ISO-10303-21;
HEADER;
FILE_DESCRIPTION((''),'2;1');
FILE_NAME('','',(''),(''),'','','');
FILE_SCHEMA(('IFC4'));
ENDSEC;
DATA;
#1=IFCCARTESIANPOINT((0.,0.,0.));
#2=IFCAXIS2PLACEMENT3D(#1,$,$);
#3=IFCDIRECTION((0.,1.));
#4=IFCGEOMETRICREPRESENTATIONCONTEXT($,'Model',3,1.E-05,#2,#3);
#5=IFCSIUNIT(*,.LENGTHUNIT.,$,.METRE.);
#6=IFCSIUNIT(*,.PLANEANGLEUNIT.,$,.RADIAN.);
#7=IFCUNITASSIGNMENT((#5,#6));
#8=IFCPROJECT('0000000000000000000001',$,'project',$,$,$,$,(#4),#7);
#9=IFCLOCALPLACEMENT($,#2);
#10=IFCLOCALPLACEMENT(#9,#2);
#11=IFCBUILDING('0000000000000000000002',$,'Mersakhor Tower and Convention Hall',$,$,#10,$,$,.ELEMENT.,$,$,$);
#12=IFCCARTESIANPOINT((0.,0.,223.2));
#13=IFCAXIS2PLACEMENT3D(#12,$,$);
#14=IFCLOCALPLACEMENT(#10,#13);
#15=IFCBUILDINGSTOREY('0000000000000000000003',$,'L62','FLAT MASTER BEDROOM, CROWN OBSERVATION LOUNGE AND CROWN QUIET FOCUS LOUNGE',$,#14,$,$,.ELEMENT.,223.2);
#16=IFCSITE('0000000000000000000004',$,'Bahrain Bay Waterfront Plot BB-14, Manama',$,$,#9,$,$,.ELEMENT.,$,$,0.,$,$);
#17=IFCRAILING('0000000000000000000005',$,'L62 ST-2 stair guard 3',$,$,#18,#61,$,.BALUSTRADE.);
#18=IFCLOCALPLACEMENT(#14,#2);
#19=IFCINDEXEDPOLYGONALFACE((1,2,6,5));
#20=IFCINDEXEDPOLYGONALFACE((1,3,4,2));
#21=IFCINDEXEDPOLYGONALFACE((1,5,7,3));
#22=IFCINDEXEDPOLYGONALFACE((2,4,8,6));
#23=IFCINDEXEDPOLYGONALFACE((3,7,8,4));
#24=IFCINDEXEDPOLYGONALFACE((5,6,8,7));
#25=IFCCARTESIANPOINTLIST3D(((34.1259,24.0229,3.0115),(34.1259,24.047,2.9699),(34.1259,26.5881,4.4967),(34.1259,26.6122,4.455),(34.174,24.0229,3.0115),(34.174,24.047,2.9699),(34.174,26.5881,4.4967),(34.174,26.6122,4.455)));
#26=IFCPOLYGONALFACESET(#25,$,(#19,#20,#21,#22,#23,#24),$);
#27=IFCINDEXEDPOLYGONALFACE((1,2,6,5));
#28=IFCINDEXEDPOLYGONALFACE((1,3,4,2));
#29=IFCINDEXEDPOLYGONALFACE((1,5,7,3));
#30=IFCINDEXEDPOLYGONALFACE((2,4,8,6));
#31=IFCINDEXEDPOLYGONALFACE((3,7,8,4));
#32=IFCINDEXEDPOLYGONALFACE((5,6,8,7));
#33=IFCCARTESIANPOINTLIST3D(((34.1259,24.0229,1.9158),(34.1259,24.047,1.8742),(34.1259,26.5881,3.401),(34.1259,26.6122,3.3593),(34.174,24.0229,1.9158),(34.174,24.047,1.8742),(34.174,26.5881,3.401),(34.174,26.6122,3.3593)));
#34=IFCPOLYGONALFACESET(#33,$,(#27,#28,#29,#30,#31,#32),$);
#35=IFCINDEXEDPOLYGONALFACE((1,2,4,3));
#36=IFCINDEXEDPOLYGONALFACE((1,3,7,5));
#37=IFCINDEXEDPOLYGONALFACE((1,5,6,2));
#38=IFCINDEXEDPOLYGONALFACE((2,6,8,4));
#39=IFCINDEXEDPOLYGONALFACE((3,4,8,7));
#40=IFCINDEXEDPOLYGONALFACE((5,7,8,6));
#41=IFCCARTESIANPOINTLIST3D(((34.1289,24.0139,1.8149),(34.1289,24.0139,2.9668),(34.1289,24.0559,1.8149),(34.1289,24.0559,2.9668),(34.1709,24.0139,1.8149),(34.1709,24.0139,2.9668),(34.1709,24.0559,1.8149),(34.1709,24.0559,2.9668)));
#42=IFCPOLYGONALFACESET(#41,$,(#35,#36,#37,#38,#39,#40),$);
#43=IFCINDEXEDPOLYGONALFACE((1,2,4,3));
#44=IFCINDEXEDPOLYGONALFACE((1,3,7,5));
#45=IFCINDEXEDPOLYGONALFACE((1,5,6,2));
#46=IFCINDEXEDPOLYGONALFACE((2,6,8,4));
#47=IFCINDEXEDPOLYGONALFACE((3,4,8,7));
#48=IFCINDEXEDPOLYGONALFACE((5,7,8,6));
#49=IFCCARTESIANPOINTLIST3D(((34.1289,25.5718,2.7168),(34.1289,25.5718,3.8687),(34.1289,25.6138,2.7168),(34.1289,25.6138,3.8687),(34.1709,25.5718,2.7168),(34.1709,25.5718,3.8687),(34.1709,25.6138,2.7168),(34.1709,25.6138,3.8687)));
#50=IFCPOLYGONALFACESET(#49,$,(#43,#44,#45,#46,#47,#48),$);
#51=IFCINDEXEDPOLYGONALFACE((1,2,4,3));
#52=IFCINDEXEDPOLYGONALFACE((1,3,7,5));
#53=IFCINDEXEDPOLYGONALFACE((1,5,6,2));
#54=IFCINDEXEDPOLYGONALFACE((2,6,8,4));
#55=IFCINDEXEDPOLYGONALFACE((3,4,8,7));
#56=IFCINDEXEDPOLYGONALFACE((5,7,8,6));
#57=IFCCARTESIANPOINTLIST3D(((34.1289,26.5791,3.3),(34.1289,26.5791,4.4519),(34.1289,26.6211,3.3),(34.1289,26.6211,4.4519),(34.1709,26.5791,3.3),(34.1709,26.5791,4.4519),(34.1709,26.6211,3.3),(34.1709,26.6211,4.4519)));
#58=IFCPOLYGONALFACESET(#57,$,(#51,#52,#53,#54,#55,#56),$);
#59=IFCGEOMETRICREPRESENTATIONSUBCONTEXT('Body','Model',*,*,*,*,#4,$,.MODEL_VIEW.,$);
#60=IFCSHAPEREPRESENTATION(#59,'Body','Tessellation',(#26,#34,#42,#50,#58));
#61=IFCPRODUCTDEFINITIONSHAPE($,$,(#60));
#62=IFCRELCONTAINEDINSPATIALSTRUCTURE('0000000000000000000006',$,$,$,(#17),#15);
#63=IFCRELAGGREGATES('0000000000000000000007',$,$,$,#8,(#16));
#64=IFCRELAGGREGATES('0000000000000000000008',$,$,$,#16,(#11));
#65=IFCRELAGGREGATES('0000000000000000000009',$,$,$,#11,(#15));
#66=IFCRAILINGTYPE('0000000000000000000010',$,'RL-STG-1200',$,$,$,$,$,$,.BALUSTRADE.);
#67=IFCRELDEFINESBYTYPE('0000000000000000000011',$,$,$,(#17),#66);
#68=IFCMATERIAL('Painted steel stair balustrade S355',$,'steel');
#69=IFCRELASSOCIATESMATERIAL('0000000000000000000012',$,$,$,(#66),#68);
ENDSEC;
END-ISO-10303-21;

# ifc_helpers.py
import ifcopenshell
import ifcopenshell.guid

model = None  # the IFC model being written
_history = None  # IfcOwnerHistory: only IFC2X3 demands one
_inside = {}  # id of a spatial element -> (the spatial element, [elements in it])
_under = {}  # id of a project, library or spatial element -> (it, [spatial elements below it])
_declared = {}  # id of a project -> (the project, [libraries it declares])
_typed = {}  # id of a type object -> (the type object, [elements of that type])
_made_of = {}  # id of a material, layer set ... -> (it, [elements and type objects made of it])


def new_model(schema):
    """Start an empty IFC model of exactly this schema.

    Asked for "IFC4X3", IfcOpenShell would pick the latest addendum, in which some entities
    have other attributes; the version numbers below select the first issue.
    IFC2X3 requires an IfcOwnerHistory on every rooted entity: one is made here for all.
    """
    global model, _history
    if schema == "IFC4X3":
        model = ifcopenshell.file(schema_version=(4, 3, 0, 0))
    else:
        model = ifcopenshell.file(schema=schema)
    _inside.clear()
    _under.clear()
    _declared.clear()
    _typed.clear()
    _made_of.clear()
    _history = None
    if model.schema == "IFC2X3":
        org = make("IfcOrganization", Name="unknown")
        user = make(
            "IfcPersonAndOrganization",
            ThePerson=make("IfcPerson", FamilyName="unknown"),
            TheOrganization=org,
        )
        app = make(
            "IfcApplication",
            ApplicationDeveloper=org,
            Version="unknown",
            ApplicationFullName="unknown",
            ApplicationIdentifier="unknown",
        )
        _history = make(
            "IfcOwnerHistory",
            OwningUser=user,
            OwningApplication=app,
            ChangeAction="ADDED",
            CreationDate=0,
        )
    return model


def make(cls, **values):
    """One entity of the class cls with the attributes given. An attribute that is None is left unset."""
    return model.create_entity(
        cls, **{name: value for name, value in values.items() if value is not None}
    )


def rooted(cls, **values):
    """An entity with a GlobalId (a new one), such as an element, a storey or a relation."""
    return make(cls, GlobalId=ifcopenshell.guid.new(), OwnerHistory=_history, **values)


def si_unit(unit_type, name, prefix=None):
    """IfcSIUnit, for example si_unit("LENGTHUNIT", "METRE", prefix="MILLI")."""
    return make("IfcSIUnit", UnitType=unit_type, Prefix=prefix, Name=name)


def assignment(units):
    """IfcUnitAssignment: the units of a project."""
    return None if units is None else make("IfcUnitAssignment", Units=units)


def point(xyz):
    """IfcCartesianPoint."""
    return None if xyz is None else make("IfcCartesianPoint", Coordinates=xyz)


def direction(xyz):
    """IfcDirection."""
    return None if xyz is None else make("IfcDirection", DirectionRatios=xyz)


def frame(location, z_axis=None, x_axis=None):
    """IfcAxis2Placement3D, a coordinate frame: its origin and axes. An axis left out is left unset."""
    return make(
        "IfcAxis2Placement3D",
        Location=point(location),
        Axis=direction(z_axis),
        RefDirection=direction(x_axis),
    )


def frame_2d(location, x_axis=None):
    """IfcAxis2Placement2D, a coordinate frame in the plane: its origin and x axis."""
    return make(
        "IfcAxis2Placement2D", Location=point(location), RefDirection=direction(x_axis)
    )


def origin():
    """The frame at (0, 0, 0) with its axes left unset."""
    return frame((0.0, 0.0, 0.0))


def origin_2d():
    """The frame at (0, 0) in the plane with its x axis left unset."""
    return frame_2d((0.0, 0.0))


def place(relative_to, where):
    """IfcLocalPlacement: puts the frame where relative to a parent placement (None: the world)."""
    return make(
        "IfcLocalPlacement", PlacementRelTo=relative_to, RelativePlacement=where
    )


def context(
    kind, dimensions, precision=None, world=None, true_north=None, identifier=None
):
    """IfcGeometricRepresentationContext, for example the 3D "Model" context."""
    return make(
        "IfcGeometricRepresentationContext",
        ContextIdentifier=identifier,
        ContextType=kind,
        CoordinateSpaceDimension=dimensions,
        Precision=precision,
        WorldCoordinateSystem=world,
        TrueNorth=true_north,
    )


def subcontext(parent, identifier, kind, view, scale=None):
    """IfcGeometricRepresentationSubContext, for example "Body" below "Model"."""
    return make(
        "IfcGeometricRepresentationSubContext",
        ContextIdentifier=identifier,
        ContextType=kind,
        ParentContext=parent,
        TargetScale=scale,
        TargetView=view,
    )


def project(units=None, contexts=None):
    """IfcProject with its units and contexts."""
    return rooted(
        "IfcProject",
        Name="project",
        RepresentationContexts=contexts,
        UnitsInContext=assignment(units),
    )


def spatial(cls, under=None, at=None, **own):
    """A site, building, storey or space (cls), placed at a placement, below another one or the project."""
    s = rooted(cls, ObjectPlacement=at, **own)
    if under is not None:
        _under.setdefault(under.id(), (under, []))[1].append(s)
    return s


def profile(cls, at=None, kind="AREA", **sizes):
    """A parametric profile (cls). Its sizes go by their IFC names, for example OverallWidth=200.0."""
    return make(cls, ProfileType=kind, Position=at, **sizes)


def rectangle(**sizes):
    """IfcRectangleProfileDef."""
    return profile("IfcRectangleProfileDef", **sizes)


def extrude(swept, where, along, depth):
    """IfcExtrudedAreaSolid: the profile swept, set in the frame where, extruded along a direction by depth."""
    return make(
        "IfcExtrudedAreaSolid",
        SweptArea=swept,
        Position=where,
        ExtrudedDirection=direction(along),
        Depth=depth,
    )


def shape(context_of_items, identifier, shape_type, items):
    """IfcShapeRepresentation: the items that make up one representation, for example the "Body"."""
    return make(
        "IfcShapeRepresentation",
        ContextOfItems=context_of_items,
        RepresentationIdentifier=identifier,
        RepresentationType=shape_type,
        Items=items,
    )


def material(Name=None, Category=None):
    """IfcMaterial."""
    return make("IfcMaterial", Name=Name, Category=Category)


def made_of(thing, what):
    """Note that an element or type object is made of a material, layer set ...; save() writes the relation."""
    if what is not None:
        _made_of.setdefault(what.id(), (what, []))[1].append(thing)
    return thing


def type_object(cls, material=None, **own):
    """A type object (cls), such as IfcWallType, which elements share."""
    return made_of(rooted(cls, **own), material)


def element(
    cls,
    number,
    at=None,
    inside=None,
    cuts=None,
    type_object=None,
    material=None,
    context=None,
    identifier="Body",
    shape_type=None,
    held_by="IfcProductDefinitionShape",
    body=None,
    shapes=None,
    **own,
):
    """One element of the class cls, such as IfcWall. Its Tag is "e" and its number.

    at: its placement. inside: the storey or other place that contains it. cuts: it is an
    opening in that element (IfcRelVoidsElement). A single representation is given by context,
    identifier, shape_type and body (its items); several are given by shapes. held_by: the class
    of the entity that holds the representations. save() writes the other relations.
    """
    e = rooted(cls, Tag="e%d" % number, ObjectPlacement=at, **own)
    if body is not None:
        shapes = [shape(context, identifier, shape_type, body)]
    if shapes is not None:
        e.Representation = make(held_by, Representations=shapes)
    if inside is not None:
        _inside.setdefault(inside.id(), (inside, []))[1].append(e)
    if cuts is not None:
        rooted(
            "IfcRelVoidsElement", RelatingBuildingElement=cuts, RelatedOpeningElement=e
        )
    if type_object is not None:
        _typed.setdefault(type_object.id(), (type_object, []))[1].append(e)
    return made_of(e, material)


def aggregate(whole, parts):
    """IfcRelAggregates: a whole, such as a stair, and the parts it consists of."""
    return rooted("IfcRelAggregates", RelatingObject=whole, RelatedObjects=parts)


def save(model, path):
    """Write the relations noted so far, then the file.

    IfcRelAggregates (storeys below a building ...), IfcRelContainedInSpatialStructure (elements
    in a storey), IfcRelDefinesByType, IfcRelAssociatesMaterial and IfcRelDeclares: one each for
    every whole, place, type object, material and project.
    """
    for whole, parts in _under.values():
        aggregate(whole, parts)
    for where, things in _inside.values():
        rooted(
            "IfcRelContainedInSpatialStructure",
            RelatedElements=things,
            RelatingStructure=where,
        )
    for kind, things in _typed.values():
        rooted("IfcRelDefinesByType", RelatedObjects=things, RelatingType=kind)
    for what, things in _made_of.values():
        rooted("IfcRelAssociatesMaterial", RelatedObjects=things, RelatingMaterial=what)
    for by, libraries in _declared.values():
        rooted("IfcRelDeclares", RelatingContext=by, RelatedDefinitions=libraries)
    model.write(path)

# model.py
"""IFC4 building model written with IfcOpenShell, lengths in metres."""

from ifc_helpers import new_model, si_unit, direction, frame, origin, origin_2d, place, context, subcontext, project, spatial, rectangle, extrude, material, type_object, element, save


model = new_model("IFC4")

# Units and contexts
model_context = context("Model", 3, precision=1e-05, world=origin(), true_north=direction((0.0, 1.0)))
body_context = subcontext(model_context, "Body", "Model", "MODEL_VIEW")
ifc_project = project(units=[si_unit("LENGTHUNIT", "METRE"), si_unit("PLANEANGLEUNIT", "RADIAN")], contexts=[model_context])

# Site, building, storey
site_placement = place(None, origin())
site = spatial("IfcSite", under=ifc_project, at=site_placement, Name="Bahrain Bay Waterfront Plot BB-14, Manama", CompositionType="ELEMENT", RefElevation=0.0)
building_placement = place(site_placement, origin())
building = spatial("IfcBuilding", under=site, at=building_placement, Name="Mersakhor Tower and Convention Hall", CompositionType="ELEMENT")
storey_placement = place(building_placement, frame((0.0, 0.0, 223.2)))
storey = spatial("IfcBuildingStorey", under=building, at=storey_placement, Name="L62", Description="FLAT MASTER BEDROOM, CROWN OBSERVATION LOUNGE AND CROWN QUIET FOCUS LOUNGE", CompositionType="ELEMENT", Elevation=223.2)

# Railing
ifc_material_1 = material(Name="Painted steel stair balustrade S355", Category="steel")
railing_type_1 = type_object("IfcRailingType", Name="RL-STG-1200", PredefinedType="BALUSTRADE", material=ifc_material_1)
railing_1_placement = place(storey_placement, frame((34.1499, 24.0349, 1.8149)))
element("IfcRailing", 1, at=railing_1_placement, inside=storey, type_object=railing_type_1, Name="L62 ST-2 stair guard 3", PredefinedType="BALUSTRADE", context=body_context, shape_type="SweptSolid", body=[
    extrude(rectangle(XDim=0.0481, YDim=0.0481, at=origin_2d()), frame((0.0, 0.0, 1.1758), z_axis=(0.0, 0.865426, 0.501036), x_axis=(-1.0, 0.0, 0.0)), (0.0, 0.0, 1.0), 2.9641),
    extrude(rectangle(XDim=0.0481, YDim=0.0481, at=origin_2d()), frame((0.0, 0.0, 0.0801), z_axis=(0.0, 0.865426, 0.501036), x_axis=(-1.0, 0.0, 0.0)), (0.0, 0.0, 1.0), 2.9641),
    extrude(rectangle(XDim=0.042, YDim=0.042, at=origin_2d()), origin(), (0.0, 0.0, 1.0), 1.1519),
    extrude(rectangle(XDim=0.042, YDim=0.042, at=origin_2d()), frame((0.0, 1.5579, 0.9019)), (0.0, 0.0, 1.0), 1.1519),
    extrude(rectangle(XDim=0.042, YDim=0.042, at=origin_2d()), frame((0.0, 2.5652, 1.4851)), (0.0, 0.0, 1.0), 1.1519),
])

save(model, "model.ifc")
